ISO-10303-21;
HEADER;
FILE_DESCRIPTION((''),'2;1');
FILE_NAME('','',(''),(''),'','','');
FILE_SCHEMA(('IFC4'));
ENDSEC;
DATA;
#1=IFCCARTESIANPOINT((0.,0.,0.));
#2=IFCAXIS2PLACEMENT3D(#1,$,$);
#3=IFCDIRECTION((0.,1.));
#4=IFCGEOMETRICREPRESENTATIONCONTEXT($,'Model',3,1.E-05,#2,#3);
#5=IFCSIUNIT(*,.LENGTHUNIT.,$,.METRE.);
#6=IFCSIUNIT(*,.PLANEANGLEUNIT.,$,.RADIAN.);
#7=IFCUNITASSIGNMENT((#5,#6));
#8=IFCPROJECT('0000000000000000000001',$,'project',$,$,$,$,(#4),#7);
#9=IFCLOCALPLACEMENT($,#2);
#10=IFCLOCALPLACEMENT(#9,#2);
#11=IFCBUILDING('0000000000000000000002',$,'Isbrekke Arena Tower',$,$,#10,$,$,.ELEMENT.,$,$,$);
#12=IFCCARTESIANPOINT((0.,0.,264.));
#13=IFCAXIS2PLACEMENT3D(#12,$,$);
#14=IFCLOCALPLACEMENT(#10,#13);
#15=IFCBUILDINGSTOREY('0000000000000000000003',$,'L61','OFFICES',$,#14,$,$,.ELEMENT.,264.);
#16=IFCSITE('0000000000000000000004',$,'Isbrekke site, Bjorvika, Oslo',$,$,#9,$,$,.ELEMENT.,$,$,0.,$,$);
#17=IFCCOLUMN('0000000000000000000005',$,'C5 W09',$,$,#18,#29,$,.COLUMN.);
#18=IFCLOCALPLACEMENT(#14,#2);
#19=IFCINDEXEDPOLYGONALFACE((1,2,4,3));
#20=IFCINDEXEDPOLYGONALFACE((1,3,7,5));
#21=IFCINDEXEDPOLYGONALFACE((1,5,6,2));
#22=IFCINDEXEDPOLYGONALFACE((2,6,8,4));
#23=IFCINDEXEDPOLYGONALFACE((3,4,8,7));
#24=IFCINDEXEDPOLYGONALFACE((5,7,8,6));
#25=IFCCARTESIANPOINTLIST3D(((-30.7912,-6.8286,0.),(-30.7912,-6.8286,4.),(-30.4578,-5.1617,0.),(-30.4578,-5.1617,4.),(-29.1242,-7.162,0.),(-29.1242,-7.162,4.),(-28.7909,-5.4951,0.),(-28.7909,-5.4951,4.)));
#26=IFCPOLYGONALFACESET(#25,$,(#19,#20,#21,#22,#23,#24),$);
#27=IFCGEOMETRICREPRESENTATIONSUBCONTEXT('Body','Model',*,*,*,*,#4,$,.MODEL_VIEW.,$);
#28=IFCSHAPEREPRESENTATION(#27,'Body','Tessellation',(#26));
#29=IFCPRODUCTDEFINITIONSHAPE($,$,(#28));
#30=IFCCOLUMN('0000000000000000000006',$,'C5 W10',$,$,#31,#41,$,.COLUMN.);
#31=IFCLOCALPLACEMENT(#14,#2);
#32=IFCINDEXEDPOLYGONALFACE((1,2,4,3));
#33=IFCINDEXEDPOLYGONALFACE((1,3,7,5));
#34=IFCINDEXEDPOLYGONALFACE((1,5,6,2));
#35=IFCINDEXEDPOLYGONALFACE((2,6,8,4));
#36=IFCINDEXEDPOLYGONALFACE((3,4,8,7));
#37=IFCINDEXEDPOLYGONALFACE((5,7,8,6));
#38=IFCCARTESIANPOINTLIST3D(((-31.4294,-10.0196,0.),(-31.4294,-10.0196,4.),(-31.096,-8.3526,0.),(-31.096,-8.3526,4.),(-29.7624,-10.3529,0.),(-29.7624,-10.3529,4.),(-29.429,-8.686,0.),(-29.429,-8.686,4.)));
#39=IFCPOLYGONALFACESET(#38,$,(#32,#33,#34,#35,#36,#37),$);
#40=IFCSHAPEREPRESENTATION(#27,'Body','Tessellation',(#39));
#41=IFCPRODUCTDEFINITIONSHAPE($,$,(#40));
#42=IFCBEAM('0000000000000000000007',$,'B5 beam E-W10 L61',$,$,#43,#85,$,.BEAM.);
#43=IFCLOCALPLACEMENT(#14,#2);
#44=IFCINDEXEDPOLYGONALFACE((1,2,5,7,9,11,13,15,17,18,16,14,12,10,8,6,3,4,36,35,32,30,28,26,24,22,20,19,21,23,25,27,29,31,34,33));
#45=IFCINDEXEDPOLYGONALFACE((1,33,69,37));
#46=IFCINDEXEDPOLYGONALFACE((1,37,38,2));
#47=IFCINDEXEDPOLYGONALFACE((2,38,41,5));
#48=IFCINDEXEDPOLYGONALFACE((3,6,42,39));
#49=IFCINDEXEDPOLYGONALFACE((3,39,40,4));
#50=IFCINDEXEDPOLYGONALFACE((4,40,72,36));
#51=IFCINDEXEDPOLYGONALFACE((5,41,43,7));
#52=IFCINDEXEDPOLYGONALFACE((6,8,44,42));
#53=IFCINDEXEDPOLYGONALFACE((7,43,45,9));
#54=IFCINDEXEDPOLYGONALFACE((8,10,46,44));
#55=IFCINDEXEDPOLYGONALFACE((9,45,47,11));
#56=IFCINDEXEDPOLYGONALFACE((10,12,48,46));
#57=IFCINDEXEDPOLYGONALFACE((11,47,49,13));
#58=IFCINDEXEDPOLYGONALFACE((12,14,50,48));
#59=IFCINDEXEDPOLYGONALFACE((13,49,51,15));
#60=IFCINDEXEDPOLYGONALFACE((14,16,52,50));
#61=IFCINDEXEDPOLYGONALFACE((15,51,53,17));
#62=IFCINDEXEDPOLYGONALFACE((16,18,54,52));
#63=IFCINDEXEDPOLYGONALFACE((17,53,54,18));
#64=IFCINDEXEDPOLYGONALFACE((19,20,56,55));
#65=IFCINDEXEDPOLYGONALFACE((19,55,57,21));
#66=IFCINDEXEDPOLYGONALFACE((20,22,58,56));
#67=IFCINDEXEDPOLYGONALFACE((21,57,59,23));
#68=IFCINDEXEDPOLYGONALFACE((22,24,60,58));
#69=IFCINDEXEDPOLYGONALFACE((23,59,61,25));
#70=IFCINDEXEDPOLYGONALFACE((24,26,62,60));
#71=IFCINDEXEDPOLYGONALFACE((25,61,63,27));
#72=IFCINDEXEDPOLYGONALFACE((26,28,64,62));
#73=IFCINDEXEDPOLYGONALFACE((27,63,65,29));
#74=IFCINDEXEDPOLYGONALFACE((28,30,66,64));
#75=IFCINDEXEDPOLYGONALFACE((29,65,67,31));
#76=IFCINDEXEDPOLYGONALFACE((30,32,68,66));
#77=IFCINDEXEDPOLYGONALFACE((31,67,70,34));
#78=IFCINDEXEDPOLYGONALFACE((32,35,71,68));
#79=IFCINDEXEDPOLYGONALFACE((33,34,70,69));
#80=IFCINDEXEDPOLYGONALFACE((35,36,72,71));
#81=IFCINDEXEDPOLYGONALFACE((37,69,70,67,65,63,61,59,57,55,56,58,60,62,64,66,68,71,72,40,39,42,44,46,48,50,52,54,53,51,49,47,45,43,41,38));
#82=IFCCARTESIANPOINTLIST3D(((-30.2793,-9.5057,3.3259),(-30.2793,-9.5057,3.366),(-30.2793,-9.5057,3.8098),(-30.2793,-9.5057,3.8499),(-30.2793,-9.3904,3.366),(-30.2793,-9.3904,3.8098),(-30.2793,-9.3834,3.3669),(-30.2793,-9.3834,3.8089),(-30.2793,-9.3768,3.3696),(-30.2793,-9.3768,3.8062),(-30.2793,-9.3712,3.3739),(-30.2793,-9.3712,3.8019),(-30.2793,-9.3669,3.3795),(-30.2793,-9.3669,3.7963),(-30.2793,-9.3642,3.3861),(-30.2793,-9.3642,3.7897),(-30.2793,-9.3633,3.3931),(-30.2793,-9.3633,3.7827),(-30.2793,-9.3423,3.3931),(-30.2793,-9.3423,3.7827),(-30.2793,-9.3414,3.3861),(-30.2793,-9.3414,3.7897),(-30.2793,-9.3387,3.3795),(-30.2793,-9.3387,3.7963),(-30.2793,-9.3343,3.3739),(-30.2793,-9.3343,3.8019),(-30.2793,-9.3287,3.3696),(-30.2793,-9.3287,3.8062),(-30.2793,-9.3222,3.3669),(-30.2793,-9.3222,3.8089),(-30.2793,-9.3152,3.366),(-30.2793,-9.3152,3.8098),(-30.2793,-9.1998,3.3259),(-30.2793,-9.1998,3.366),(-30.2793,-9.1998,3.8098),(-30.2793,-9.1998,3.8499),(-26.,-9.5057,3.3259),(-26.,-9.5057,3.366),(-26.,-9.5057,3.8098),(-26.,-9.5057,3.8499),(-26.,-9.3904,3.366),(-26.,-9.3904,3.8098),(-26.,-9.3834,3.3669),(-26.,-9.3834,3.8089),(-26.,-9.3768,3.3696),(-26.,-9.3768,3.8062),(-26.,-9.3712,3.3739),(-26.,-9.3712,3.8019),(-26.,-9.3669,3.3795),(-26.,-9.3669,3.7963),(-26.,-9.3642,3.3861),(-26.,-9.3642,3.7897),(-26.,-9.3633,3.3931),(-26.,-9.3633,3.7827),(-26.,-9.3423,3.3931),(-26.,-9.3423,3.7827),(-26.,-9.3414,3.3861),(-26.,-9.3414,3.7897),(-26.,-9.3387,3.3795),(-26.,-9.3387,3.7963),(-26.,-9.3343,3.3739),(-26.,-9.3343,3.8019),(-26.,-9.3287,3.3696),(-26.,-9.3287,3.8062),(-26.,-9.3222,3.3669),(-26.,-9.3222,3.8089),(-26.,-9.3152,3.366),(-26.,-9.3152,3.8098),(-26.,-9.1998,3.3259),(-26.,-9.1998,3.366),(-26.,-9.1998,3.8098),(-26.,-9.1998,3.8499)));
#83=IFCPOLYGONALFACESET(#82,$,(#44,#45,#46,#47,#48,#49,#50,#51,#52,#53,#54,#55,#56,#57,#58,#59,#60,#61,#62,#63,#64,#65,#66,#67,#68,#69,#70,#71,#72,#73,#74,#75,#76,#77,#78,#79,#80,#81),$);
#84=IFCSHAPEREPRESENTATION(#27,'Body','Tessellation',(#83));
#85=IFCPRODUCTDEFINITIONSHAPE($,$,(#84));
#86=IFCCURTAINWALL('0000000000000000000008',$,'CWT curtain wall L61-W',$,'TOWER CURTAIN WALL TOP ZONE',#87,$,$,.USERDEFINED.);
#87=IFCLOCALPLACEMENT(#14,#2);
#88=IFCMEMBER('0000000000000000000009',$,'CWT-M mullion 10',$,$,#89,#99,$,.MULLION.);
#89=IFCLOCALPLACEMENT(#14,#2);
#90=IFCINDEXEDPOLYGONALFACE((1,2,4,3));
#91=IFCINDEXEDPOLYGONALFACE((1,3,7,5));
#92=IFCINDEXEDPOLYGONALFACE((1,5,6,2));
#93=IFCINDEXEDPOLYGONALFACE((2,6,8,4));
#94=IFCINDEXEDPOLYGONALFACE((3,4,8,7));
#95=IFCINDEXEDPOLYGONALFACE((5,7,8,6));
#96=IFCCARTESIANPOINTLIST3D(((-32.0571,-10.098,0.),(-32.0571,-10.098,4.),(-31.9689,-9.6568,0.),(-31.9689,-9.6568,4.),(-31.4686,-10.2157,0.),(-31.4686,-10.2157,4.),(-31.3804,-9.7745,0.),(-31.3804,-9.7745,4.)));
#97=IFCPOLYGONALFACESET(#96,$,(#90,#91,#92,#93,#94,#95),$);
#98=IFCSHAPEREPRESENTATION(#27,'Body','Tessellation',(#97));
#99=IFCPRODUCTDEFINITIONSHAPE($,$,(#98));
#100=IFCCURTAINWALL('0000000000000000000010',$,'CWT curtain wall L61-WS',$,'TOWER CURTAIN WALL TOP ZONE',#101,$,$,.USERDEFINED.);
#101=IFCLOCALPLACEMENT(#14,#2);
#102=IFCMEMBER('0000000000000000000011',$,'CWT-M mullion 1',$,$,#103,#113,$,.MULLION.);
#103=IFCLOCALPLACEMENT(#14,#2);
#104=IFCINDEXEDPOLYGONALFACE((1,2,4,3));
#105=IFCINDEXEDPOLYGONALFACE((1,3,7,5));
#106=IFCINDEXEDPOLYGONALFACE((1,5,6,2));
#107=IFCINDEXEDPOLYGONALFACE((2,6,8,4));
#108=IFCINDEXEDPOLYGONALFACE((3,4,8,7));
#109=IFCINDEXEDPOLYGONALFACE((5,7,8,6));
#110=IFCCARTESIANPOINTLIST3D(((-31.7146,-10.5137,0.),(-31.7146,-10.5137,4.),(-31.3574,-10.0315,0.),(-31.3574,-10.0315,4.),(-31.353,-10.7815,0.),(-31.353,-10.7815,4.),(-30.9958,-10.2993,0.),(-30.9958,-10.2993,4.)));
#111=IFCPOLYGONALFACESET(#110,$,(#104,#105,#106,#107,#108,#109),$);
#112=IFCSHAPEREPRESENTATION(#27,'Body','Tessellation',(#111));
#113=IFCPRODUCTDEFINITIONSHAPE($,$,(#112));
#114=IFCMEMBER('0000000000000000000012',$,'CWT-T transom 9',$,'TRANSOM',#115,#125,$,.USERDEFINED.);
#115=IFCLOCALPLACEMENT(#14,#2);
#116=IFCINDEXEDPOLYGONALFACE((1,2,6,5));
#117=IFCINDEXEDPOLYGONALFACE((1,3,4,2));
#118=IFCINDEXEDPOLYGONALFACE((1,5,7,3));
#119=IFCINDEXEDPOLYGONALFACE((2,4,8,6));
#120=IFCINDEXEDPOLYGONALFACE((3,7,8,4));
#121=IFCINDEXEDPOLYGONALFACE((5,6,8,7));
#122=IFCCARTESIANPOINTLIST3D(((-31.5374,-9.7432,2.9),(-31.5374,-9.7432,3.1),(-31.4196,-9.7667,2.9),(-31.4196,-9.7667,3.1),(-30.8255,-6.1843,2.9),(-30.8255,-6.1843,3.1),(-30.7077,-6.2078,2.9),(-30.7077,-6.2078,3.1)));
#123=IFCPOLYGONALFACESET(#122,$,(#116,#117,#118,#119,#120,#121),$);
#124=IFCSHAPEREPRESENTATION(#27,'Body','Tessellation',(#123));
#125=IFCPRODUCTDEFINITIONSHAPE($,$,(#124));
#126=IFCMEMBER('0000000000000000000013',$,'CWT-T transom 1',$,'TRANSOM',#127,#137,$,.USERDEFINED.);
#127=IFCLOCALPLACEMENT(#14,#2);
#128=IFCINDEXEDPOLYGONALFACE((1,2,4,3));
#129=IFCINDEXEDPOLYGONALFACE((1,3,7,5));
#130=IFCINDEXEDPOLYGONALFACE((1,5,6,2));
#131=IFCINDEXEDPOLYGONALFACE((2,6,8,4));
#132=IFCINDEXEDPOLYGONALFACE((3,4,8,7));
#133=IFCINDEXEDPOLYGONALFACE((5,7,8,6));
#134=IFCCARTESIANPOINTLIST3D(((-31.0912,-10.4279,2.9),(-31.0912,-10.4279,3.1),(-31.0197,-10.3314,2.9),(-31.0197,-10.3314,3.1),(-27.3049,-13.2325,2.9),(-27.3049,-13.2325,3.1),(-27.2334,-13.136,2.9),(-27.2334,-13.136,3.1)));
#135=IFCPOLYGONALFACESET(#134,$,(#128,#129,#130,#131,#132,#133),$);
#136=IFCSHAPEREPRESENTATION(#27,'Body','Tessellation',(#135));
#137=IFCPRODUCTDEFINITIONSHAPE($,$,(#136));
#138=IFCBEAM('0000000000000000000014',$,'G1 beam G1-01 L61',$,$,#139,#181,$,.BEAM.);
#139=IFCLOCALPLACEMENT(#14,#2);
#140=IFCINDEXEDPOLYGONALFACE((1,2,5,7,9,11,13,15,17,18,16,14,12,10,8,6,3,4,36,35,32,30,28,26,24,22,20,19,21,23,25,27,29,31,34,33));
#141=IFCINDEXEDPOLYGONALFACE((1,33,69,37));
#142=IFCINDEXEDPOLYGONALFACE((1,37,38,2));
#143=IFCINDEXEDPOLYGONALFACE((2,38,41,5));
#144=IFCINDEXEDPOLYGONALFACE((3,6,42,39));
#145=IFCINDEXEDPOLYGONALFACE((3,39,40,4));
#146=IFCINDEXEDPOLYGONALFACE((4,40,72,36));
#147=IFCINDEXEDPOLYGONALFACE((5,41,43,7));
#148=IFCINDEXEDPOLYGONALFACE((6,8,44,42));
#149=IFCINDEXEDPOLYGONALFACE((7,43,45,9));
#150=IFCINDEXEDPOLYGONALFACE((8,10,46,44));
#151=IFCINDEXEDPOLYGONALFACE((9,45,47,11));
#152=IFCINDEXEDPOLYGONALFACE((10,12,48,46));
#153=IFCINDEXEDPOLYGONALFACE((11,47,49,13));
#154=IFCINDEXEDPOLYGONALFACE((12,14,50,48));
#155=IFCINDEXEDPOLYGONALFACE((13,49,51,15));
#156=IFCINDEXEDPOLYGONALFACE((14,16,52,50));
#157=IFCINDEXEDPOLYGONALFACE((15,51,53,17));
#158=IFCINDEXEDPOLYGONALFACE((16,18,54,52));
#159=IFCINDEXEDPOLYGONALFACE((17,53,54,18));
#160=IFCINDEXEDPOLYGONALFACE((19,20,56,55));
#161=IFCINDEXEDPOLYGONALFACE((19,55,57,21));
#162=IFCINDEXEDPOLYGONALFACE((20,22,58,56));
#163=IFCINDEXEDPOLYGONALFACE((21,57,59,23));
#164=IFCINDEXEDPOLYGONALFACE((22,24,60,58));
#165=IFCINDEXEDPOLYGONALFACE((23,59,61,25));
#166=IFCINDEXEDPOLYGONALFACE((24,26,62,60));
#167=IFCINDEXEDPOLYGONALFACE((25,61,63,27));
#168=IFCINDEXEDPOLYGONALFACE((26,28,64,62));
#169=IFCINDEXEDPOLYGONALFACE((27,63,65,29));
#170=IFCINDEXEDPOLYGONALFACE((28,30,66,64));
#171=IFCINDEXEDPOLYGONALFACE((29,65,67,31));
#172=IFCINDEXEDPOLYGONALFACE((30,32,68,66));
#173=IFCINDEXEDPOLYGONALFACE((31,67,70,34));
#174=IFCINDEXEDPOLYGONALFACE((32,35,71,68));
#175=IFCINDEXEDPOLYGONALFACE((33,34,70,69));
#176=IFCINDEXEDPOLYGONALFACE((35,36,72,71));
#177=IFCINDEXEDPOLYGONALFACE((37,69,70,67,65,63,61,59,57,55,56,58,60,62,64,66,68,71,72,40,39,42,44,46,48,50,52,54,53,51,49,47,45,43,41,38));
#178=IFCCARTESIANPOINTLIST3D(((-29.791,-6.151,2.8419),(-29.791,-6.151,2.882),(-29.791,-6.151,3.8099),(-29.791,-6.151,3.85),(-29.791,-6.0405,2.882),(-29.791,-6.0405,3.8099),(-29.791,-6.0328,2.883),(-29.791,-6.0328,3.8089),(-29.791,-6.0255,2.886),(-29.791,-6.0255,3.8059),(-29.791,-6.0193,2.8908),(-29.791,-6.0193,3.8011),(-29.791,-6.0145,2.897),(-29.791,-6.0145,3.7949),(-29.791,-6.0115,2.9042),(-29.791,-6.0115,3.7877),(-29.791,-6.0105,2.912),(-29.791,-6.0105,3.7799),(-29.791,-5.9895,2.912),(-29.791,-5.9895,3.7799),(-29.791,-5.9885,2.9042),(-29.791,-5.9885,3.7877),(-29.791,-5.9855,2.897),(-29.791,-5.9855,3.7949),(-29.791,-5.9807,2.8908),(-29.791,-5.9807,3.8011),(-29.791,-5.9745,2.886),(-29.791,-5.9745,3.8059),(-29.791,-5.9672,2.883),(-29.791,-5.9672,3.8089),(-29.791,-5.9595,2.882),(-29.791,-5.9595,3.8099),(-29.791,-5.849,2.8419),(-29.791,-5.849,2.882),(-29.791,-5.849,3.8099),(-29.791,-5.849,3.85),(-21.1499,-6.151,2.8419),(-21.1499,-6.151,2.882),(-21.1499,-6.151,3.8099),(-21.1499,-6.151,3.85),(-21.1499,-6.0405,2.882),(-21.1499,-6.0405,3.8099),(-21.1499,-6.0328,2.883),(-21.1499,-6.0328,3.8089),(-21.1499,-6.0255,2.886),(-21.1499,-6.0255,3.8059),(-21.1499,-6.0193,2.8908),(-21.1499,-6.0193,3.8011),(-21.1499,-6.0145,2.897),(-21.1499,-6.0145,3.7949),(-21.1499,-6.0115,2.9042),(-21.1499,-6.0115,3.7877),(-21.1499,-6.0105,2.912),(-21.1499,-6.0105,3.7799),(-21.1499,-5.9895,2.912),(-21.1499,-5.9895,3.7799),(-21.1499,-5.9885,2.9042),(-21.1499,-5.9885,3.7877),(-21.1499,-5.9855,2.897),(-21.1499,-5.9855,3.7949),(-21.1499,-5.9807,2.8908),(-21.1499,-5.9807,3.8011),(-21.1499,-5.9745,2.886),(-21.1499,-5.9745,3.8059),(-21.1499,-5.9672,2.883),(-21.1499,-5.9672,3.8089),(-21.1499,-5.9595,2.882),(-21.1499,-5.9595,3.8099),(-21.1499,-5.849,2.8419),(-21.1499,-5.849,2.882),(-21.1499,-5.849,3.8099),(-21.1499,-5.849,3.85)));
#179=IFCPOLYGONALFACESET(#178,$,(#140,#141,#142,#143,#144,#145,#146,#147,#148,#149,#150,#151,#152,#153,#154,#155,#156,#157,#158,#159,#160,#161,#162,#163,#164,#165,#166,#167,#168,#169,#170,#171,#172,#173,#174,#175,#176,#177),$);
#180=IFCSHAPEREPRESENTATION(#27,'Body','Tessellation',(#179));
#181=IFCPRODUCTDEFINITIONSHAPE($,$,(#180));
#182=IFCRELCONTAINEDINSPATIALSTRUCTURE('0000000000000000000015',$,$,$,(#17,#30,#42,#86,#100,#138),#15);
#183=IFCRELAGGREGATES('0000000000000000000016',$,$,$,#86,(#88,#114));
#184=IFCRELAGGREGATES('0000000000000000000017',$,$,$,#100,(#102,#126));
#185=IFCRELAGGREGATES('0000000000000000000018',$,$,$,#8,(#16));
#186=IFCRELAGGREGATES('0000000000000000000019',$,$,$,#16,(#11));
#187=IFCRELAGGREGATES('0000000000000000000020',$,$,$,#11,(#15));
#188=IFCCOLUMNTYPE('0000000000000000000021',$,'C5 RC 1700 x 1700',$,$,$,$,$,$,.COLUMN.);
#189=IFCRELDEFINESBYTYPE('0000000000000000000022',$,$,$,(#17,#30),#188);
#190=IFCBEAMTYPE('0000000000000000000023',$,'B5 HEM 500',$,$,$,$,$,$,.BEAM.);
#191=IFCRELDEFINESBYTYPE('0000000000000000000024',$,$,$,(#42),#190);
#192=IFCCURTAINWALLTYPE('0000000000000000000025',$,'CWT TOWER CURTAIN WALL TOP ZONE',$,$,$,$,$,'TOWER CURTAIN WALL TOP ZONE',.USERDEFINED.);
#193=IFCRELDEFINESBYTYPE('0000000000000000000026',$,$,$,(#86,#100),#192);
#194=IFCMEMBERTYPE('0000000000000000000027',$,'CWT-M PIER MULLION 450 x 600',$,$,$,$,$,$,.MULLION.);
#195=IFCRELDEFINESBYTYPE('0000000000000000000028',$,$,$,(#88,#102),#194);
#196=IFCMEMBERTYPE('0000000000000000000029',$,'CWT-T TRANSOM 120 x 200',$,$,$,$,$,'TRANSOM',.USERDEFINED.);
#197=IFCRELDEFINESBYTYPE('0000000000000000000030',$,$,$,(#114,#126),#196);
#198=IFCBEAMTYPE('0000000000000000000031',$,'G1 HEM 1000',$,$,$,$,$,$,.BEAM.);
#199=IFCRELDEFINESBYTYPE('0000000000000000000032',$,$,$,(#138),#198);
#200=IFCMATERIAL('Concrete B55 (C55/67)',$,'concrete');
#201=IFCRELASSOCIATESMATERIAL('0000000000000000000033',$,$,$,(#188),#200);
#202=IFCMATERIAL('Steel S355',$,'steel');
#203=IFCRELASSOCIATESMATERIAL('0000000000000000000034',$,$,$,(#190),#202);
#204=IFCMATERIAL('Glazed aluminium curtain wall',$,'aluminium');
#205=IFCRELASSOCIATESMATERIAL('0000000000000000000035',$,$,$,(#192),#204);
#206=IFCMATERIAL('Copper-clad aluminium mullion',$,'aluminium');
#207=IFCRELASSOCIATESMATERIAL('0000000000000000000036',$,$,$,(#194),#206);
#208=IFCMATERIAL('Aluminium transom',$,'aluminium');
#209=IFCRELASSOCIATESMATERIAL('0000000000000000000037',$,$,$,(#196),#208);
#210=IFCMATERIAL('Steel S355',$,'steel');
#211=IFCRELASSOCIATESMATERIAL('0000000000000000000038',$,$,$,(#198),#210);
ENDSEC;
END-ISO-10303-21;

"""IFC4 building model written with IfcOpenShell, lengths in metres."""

from ifc_helpers import new_model, si_unit, direction, frame, origin, origin_2d, place, context, subcontext, project, spatial, rectangle, i_section, extrude, material, material_profile, profile_set, type_object, element, aggregate, save


model = new_model("IFC4")

# Units and contexts
model_context = context("Model", 3, precision=1e-05, world=origin(), true_north=direction((0.0, 1.0)))
body_context = subcontext(model_context, "Body", "Model", "MODEL_VIEW")
ifc_project = project(units=[si_unit("LENGTHUNIT", "METRE"), si_unit("PLANEANGLEUNIT", "RADIAN")], contexts=[model_context])

# Site, building, storey
site_placement = place(None, origin())
site = spatial("IfcSite", under=ifc_project, at=site_placement, Name="Isbrekke site, Bjorvika, Oslo", CompositionType="ELEMENT", RefElevation=0.0)
building_placement = place(site_placement, origin())
building = spatial("IfcBuilding", under=site, at=building_placement, Name="Isbrekke Arena Tower", CompositionType="ELEMENT")
storey_placement = place(building_placement, frame((0.0, 0.0, 264.0)))
storey = spatial("IfcBuildingStorey", under=building, at=storey_placement, Name="L61", Description="OFFICES", CompositionType="ELEMENT", Elevation=264.0)

# Columns
ifc_material_1 = material(Name="Concrete B55 (C55/67)", Category="concrete")
ifc_material_profile_1 = material_profile(ifc_material_1, rectangle(XDim=1.7, YDim=1.7, at=origin_2d()), Name="RC 1700x1700")
ifc_profile_set_1 = profile_set([ifc_material_profile_1], Name="Concrete B55 (C55/67)")
column_type = type_object("IfcColumnType", Name="C5 RC 1700 x 1700", PredefinedType="COLUMN", material=ifc_profile_set_1)
for number, where, z_axis, x_axis, name in (
    (1, (-29.791, -6.1619, 0.0), (0.0, 0.0, 1.0), (-0.196116, -0.980581, 0.0), "C5 W09"),
    (2, (-30.4292, -9.3528, 0.0), (0.0, 0.0, 1.0), (-0.196116, -0.980581, 0.0), "C5 W10"),
):
    element("IfcColumn", number, at=place(storey_placement, frame(where, z_axis=z_axis, x_axis=x_axis)), inside=storey, type_object=column_type, Name=name, PredefinedType="COLUMN", context=body_context, shape_type="SweptSolid", body=[
        extrude(rectangle(XDim=1.7, YDim=1.7, at=origin_2d()), origin(), (0.0, 0.0, 1.0), 4.0),
    ])

# Beam
ifc_material_2 = material(Name="Steel S355", Category="steel")
ifc_material_profile_2 = material_profile(ifc_material_2, i_section(OverallWidth=0.3059, OverallDepth=0.5239, WebThickness=0.021, FlangeThickness=0.04, FilletRadius=0.0271, at=origin_2d()), Name="HEM 500")
ifc_profile_set_2 = profile_set([ifc_material_profile_2], Name="Steel S355")
beam_type_1 = type_object("IfcBeamType", Name="B5 HEM 500", PredefinedType="BEAM", material=ifc_profile_set_2)
beam_1_placement = place(storey_placement, frame((-30.2793, -9.3528, 3.5879), z_axis=(1.0, 0.0, 0.0), x_axis=(0.0, 1.0, 0.0)))
element("IfcBeam", 3, at=beam_1_placement, inside=storey, type_object=beam_type_1, Name="B5 beam E-W10 L61", PredefinedType="BEAM", context=body_context, shape_type="SweptSolid", body=[
    extrude(i_section(OverallWidth=0.3059, OverallDepth=0.5239, WebThickness=0.021, FlangeThickness=0.04, FilletRadius=0.0271, at=origin_2d()), origin(), (0.0, 0.0, 1.0), 4.2793),
])

# Curtain walls, members
ifc_material_3 = material(Name="Glazed aluminium curtain wall", Category="aluminium")
curtain_wall_type = type_object("IfcCurtainWallType", Name="CWT TOWER CURTAIN WALL TOP ZONE", ElementType="TOWER CURTAIN WALL TOP ZONE", PredefinedType="USERDEFINED", material=ifc_material_3)
curtain_wall_1_placement = place(storey_placement, origin())
curtain_wall_1 = element("IfcCurtainWall", 4, at=curtain_wall_1_placement, inside=storey, type_object=curtain_wall_type, Name="CWT curtain wall L61-W", ObjectType="TOWER CURTAIN WALL TOP ZONE", PredefinedType="USERDEFINED")
ifc_material_4 = material(Name="Copper-clad aluminium mullion", Category="aluminium")
ifc_material_profile_3 = material_profile(ifc_material_4, rectangle(XDim=0.45, YDim=0.6001, at=origin_2d()), Name="PIER 450X600")
ifc_profile_set_3 = profile_set([ifc_material_profile_3], Name="Copper-clad aluminium mullion")
member_type_1 = type_object("IfcMemberType", Name="CWT-M PIER MULLION 450 x 600", PredefinedType="MULLION", material=ifc_profile_set_3)
member_1_placement = place(storey_placement, frame((-31.7188, -9.9363, 0.0), z_axis=(0.0, 0.0, 1.0), x_axis=(-0.196116, -0.980581, 0.0)))
member_1 = element("IfcMember", 5, at=member_1_placement, type_object=member_type_1, Name="CWT-M mullion 10", PredefinedType="MULLION", context=body_context, shape_type="SweptSolid", body=[
    extrude(rectangle(XDim=0.45, YDim=0.6001, at=origin_2d()), origin(), (0.0, 0.0, 1.0), 4.0),
])
curtain_wall_2_placement = place(storey_placement, origin())
curtain_wall_2 = element("IfcCurtainWall", 6, at=curtain_wall_2_placement, inside=storey, type_object=curtain_wall_type, Name="CWT curtain wall L61-WS", ObjectType="TOWER CURTAIN WALL TOP ZONE", PredefinedType="USERDEFINED")
member_2_placement = place(storey_placement, frame((-31.3552, -10.4065, 0.0), z_axis=(0.0, 0.0, 1.0), x_axis=(0.803557, -0.595228, 0.0)))
member_2 = element("IfcMember", 7, at=member_2_placement, type_object=member_type_1, Name="CWT-M mullion 1", PredefinedType="MULLION", context=body_context, shape_type="SweptSolid", body=[
    extrude(rectangle(XDim=0.45, YDim=0.6001, at=origin_2d()), origin(), (0.0, 0.0, 1.0), 4.0),
])

# Members
ifc_material_5 = material(Name="Aluminium transom", Category="aluminium")
ifc_material_profile_4 = material_profile(ifc_material_5, rectangle(XDim=0.1201, YDim=0.2, at=origin_2d()), Name="TRANSOM 120X200")
ifc_profile_set_4 = profile_set([ifc_material_profile_4], Name="Aluminium transom")
member_type_2 = type_object("IfcMemberType", Name="CWT-T TRANSOM 120 x 200", ElementType="TRANSOM", PredefinedType="USERDEFINED", material=ifc_profile_set_4)
member_3_placement = place(storey_placement, frame((-30.7666, -6.196, 3.0), z_axis=(-0.196155, -0.980573, 0.0), x_axis=(0.980573, -0.196155, 0.0)))
member_3 = element("IfcMember", 8, at=member_3_placement, type_object=member_type_2, Name="CWT-T transom 9", ObjectType="TRANSOM", PredefinedType="USERDEFINED", context=body_context, shape_type="SweptSolid", body=[
    extrude(rectangle(XDim=0.1201, YDim=0.2, at=origin_2d()), origin(), (0.0, 0.0, 1.0), 3.6294),
])
member_4_placement = place(storey_placement, frame((-31.0554, -10.3796, 3.0), z_axis=(0.803561, -0.595223, 0.0), x_axis=(0.595223, 0.803561, 0.0)))
member_4 = element("IfcMember", 9, at=member_4_placement, type_object=member_type_2, Name="CWT-T transom 1", ObjectType="TRANSOM", PredefinedType="USERDEFINED", context=body_context, shape_type="SweptSolid", body=[
    extrude(rectangle(XDim=0.1201, YDim=0.2, at=origin_2d()), origin(), (0.0, 0.0, 1.0), 4.7119),
])

# Beam
ifc_material_6 = material(Name="Steel S355", Category="steel")
ifc_material_profile_5 = material_profile(ifc_material_6, i_section(OverallWidth=0.302, OverallDepth=1.0081, WebThickness=0.021, FlangeThickness=0.04, FilletRadius=0.03, at=origin_2d()), Name="HEM 1000")
ifc_profile_set_5 = profile_set([ifc_material_profile_5], Name="Steel S355")
beam_type_2 = type_object("IfcBeamType", Name="G1 HEM 1000", PredefinedType="BEAM", material=ifc_profile_set_5)
beam_2_placement = place(storey_placement, frame((-29.791, -6.0, 3.3459), z_axis=(1.0, 0.0, 0.0), x_axis=(0.0, 1.0, 0.0)))
element("IfcBeam", 10, at=beam_2_placement, inside=storey, type_object=beam_type_2, Name="G1 beam G1-01 L61", PredefinedType="BEAM", context=body_context, shape_type="SweptSolid", body=[
    extrude(i_section(OverallWidth=0.302, OverallDepth=1.0081, WebThickness=0.021, FlangeThickness=0.04, FilletRadius=0.03, at=origin_2d()), origin(), (0.0, 0.0, 1.0), 8.6411),
])

aggregate(curtain_wall_1, [member_1, member_3])
aggregate(curtain_wall_2, [member_2, member_4])

save(model, "model.ifc")
